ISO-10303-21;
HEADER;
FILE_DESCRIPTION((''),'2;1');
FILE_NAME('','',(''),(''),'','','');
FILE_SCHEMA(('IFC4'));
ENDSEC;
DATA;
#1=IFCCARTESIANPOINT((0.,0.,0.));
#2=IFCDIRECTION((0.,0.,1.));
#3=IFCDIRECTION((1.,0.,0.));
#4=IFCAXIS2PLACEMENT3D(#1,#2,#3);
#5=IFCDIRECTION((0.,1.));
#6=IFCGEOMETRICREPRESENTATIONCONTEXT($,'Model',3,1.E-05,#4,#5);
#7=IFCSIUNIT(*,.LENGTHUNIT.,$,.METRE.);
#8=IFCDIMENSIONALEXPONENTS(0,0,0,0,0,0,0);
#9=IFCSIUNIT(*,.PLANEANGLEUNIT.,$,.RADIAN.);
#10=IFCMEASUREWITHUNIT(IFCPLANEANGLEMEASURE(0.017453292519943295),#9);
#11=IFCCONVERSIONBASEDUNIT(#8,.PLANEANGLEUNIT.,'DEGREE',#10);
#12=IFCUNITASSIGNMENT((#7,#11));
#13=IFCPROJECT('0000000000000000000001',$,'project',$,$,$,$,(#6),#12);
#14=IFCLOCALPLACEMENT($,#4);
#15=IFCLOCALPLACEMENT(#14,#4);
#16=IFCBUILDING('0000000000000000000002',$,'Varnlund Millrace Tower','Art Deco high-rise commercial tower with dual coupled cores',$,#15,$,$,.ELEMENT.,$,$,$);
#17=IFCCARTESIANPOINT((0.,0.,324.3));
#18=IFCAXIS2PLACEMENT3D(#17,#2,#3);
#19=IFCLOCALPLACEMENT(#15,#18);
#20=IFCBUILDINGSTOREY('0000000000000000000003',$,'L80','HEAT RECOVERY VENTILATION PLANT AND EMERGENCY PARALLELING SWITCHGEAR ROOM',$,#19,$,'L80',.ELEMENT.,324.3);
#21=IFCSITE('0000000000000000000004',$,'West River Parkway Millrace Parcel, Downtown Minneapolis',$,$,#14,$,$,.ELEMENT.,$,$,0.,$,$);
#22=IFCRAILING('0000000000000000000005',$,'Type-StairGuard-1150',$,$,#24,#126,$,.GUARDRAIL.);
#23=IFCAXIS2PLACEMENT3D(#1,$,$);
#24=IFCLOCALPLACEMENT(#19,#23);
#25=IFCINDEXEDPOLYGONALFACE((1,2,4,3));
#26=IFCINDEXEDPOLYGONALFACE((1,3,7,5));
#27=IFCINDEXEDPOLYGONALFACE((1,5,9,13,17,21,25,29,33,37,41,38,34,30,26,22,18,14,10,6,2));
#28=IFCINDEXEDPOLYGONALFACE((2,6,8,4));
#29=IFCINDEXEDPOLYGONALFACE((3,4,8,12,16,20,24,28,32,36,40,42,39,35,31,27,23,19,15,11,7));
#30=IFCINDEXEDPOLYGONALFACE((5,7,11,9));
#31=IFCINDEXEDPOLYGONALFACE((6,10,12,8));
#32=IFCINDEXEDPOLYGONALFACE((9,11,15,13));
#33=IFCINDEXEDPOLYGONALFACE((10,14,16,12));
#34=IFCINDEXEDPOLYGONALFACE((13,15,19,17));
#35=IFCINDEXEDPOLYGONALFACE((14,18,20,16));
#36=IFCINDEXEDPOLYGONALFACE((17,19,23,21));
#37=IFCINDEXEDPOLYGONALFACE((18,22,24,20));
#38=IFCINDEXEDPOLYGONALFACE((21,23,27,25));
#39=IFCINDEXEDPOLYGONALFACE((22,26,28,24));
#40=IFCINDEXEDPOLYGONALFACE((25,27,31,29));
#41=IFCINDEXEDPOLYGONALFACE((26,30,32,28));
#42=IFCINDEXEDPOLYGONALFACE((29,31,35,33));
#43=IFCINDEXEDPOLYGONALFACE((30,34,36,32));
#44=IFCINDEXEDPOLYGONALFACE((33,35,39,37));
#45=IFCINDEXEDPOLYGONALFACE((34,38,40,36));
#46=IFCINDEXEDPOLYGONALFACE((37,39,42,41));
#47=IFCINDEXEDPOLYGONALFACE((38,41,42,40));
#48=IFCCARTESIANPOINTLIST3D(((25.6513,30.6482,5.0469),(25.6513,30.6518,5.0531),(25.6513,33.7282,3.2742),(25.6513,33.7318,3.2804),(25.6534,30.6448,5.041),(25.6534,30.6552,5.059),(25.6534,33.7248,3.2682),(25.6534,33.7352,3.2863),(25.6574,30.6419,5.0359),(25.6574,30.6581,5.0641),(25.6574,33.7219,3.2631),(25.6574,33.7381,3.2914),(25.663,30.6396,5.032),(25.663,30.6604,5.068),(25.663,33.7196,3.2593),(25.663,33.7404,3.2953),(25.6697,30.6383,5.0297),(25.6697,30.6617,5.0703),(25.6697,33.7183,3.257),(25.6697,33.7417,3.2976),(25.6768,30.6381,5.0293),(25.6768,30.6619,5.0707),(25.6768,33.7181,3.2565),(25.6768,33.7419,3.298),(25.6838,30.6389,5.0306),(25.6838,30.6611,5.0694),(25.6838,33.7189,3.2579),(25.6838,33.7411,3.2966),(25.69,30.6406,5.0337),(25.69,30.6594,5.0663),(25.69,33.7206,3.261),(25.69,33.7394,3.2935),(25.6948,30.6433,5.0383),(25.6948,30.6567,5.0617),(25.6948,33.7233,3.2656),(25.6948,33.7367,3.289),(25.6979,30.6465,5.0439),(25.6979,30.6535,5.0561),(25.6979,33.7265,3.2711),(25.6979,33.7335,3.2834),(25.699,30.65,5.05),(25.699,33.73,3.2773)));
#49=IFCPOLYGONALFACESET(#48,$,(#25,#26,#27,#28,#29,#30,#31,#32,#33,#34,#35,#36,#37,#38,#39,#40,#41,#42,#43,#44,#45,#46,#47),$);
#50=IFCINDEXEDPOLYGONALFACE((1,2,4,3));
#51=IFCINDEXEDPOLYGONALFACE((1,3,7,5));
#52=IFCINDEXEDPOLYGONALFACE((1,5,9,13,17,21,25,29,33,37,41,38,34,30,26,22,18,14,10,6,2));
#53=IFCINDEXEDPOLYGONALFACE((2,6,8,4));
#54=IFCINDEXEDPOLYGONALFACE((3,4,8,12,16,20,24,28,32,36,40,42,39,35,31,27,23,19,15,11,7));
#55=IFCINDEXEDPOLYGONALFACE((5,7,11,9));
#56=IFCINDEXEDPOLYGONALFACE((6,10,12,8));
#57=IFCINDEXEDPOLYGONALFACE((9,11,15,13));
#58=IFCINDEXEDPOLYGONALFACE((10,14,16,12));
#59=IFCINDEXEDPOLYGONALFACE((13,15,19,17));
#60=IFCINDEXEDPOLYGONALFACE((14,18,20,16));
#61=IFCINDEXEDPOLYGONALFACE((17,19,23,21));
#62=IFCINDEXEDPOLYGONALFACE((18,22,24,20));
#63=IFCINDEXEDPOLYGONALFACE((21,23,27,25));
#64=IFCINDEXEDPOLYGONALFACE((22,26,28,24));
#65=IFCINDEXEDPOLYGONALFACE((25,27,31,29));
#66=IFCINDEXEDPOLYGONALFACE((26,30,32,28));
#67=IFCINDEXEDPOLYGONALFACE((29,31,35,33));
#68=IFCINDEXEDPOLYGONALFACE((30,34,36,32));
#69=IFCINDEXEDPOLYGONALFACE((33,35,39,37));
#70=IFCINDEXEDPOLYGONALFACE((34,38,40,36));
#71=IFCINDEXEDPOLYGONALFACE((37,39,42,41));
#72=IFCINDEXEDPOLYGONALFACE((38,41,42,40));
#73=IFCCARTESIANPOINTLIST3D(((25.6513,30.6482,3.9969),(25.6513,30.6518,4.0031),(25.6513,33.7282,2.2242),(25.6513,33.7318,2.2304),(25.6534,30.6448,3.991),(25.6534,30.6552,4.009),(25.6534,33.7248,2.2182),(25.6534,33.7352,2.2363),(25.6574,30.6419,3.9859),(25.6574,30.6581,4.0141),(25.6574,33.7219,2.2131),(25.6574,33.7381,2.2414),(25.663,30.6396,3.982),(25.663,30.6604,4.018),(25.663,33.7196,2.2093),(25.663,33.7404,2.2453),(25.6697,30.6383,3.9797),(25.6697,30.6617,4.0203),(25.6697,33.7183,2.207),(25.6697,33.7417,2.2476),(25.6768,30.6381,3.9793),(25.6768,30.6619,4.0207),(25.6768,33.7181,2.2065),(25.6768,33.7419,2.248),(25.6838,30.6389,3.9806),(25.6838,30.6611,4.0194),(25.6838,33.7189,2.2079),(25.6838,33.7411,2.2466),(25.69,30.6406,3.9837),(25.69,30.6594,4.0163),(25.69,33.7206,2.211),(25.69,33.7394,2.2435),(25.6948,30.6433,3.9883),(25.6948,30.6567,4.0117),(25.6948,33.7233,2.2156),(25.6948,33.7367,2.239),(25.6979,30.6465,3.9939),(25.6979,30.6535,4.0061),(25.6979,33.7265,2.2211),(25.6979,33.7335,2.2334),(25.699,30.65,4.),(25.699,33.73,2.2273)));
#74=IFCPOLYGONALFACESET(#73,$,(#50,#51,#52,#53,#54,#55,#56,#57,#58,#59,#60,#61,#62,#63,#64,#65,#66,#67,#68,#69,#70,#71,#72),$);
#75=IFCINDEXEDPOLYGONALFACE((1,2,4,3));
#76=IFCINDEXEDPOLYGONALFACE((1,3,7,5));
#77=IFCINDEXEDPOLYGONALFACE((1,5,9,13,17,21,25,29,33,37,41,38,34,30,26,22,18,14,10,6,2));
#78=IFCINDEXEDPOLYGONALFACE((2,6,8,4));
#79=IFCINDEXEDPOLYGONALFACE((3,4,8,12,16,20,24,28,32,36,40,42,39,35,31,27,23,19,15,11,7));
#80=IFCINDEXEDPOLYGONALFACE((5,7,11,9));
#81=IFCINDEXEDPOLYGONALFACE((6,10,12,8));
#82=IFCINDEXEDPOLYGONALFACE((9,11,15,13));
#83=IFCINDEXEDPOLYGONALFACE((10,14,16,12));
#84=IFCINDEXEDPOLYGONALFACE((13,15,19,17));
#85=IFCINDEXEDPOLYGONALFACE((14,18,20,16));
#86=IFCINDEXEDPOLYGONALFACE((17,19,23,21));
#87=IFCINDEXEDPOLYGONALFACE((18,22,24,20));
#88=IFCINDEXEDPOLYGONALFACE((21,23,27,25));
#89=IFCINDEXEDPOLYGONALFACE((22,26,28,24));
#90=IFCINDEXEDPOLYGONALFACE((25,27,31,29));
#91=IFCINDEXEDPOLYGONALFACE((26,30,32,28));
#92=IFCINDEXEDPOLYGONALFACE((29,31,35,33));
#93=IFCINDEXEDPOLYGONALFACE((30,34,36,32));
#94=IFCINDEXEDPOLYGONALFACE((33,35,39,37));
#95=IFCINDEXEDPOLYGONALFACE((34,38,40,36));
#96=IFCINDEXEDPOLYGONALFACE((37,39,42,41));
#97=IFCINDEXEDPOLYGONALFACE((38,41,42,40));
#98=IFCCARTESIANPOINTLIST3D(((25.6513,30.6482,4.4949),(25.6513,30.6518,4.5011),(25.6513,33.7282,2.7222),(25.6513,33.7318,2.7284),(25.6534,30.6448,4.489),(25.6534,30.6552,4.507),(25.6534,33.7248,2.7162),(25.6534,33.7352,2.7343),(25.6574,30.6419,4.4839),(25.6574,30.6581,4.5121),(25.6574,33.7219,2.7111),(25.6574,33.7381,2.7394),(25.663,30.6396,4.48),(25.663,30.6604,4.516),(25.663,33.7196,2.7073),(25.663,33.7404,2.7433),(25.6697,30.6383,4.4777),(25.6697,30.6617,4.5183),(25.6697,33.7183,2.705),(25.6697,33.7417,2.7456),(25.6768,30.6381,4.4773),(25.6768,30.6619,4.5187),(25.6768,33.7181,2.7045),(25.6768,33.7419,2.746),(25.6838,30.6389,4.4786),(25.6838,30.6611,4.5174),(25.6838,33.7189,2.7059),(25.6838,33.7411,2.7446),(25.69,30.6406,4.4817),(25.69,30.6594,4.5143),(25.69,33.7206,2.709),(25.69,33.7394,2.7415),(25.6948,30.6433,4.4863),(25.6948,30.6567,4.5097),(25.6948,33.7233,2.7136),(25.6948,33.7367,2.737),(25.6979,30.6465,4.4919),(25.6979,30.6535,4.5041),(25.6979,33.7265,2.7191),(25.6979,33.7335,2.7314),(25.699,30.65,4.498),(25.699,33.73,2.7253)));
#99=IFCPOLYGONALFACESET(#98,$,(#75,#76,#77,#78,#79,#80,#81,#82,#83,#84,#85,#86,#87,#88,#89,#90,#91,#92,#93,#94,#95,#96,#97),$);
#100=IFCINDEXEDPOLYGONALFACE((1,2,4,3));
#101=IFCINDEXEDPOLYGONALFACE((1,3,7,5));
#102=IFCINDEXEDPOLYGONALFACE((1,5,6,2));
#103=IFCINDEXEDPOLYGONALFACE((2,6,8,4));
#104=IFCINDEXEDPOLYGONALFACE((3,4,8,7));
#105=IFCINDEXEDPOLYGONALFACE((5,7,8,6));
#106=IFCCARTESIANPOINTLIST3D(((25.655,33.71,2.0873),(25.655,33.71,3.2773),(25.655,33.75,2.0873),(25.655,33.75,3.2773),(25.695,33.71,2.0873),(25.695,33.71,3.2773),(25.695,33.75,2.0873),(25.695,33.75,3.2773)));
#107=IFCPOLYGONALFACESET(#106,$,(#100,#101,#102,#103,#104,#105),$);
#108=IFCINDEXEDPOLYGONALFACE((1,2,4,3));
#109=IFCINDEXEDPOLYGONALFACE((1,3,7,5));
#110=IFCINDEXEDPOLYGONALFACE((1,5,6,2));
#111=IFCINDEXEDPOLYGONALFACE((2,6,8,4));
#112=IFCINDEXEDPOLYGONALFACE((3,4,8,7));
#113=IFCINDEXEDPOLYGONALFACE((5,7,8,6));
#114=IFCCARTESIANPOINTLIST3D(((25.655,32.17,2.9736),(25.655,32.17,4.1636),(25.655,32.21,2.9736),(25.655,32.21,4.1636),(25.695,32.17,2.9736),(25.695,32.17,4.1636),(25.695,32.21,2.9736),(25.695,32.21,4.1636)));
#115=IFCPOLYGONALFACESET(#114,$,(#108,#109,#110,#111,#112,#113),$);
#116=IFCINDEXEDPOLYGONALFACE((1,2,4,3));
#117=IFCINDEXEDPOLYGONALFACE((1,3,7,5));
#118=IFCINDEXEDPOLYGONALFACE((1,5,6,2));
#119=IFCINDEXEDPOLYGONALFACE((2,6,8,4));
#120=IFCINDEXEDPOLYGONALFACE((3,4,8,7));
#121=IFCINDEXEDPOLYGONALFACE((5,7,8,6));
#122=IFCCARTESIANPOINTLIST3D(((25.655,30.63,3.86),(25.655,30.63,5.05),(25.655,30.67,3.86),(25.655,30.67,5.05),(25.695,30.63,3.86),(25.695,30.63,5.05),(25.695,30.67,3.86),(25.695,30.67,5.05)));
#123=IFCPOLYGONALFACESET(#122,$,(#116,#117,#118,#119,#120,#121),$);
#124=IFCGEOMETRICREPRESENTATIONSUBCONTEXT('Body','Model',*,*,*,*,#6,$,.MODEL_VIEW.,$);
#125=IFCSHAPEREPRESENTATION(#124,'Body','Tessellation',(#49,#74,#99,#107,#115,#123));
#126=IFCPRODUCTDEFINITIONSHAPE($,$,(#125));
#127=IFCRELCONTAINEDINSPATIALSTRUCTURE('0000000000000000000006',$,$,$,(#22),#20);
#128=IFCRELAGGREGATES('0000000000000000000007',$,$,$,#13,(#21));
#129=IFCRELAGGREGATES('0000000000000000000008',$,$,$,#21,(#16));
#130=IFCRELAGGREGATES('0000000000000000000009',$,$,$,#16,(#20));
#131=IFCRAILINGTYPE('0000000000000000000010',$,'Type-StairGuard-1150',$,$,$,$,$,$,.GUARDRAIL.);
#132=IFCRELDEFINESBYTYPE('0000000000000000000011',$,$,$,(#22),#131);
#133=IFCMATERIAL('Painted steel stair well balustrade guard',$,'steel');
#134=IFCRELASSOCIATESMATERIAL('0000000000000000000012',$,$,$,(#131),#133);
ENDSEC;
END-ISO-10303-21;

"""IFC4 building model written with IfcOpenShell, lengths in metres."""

from ifc_helpers import new_model, entity, si_unit, converted_unit, direction, frame, origin_with_axes, origin_2d_with_axis, place, context, subcontext, project, spatial, rectangle, circle, extrude, material, type_object, element, save


model = new_model("IFC4")

# Units and contexts
model_context = context("Model", 3, precision=1e-05, world=origin_with_axes(), true_north=direction((0.0, 1.0)))
body_context = subcontext(model_context, "Body", "Model", "MODEL_VIEW")
ifc_project = project(units=[si_unit("LENGTHUNIT", "METRE"), converted_unit("PLANEANGLEUNIT", "DEGREE", entity("IfcPlaneAngleMeasure", 0.017453292519943295), si_unit("PLANEANGLEUNIT", "RADIAN"), dimensions=[0, 0, 0, 0, 0, 0, 0])], contexts=[model_context])

# Site, building, storey
site_placement = place(None, origin_with_axes())
site = spatial("IfcSite", under=ifc_project, at=site_placement, Name="West River Parkway Millrace Parcel, Downtown Minneapolis", CompositionType="ELEMENT", RefElevation=0.0)
building_placement = place(site_placement, origin_with_axes())
building = spatial("IfcBuilding", under=site, at=building_placement, Name="Varnlund Millrace Tower", Description="Art Deco high-rise commercial tower with dual coupled cores", CompositionType="ELEMENT")
storey_placement = place(building_placement, frame((0.0, 0.0, 324.3), z_axis=(0.0, 0.0, 1.0), x_axis=(1.0, 0.0, 0.0)))
storey = spatial("IfcBuildingStorey", under=building, at=storey_placement, Name="L80", Description="HEAT RECOVERY VENTILATION PLANT AND EMERGENCY PARALLELING SWITCHGEAR ROOM", LongName="L80", CompositionType="ELEMENT", Elevation=324.3)

# Railing
ifc_material_1 = material(Name="Painted steel stair well balustrade guard", Category="steel")
railing_type_1 = type_object("IfcRailingType", Name="Type-StairGuard-1150", PredefinedType="GUARDRAIL", material=ifc_material_1)
railing_1_placement = place(storey_placement, frame((0.0, 0.0, -324.3), z_axis=(0.0, 0.0, 1.0), x_axis=(1.0, 0.0, 0.0)))
element("IfcRailing", 1, at=railing_1_placement, inside=storey, type_object=railing_type_1, Name="Type-StairGuard-1150", PredefinedType="GUARDRAIL", context=body_context, shape_type="SweptSolid", body=[
    extrude(circle(Radius=0.024, at=origin_2d_with_axis()), frame((25.675, 33.73, 327.5773), z_axis=(0.0, -0.866696, 0.498836), x_axis=(1.0, 0.0, 0.0)), (0.0, 0.0, 1.0), 3.5537),
    extrude(circle(Radius=0.024, at=origin_2d_with_axis()), frame((25.675, 33.73, 326.5273), z_axis=(0.0, -0.866696, 0.498836), x_axis=(1.0, 0.0, 0.0)), (0.0, 0.0, 1.0), 3.5537),
    extrude(circle(Radius=0.024, at=origin_2d_with_axis()), frame((25.675, 33.73, 327.0253), z_axis=(0.0, -0.866696, 0.498836), x_axis=(1.0, 0.0, 0.0)), (0.0, 0.0, 1.0), 3.5537),
    extrude(rectangle(XDim=0.04, YDim=0.04, at=origin_2d_with_axis()), frame((25.675, 33.73, 326.3873), z_axis=(0.0, 0.0, 1.0), x_axis=(1.0, 0.0, 0.0)), (0.0, 0.0, 1.0), 1.19),
    extrude(rectangle(XDim=0.04, YDim=0.04, at=origin_2d_with_axis()), frame((25.675, 32.19, 327.2736), z_axis=(0.0, 0.0, 1.0), x_axis=(1.0, 0.0, 0.0)), (0.0, 0.0, 1.0), 1.19),
    extrude(rectangle(XDim=0.04, YDim=0.04, at=origin_2d_with_axis()), frame((25.675, 30.65, 328.16), z_axis=(0.0, 0.0, 1.0), x_axis=(1.0, 0.0, 0.0)), (0.0, 0.0, 1.0), 1.19),
])

save(model, "model.ifc")
